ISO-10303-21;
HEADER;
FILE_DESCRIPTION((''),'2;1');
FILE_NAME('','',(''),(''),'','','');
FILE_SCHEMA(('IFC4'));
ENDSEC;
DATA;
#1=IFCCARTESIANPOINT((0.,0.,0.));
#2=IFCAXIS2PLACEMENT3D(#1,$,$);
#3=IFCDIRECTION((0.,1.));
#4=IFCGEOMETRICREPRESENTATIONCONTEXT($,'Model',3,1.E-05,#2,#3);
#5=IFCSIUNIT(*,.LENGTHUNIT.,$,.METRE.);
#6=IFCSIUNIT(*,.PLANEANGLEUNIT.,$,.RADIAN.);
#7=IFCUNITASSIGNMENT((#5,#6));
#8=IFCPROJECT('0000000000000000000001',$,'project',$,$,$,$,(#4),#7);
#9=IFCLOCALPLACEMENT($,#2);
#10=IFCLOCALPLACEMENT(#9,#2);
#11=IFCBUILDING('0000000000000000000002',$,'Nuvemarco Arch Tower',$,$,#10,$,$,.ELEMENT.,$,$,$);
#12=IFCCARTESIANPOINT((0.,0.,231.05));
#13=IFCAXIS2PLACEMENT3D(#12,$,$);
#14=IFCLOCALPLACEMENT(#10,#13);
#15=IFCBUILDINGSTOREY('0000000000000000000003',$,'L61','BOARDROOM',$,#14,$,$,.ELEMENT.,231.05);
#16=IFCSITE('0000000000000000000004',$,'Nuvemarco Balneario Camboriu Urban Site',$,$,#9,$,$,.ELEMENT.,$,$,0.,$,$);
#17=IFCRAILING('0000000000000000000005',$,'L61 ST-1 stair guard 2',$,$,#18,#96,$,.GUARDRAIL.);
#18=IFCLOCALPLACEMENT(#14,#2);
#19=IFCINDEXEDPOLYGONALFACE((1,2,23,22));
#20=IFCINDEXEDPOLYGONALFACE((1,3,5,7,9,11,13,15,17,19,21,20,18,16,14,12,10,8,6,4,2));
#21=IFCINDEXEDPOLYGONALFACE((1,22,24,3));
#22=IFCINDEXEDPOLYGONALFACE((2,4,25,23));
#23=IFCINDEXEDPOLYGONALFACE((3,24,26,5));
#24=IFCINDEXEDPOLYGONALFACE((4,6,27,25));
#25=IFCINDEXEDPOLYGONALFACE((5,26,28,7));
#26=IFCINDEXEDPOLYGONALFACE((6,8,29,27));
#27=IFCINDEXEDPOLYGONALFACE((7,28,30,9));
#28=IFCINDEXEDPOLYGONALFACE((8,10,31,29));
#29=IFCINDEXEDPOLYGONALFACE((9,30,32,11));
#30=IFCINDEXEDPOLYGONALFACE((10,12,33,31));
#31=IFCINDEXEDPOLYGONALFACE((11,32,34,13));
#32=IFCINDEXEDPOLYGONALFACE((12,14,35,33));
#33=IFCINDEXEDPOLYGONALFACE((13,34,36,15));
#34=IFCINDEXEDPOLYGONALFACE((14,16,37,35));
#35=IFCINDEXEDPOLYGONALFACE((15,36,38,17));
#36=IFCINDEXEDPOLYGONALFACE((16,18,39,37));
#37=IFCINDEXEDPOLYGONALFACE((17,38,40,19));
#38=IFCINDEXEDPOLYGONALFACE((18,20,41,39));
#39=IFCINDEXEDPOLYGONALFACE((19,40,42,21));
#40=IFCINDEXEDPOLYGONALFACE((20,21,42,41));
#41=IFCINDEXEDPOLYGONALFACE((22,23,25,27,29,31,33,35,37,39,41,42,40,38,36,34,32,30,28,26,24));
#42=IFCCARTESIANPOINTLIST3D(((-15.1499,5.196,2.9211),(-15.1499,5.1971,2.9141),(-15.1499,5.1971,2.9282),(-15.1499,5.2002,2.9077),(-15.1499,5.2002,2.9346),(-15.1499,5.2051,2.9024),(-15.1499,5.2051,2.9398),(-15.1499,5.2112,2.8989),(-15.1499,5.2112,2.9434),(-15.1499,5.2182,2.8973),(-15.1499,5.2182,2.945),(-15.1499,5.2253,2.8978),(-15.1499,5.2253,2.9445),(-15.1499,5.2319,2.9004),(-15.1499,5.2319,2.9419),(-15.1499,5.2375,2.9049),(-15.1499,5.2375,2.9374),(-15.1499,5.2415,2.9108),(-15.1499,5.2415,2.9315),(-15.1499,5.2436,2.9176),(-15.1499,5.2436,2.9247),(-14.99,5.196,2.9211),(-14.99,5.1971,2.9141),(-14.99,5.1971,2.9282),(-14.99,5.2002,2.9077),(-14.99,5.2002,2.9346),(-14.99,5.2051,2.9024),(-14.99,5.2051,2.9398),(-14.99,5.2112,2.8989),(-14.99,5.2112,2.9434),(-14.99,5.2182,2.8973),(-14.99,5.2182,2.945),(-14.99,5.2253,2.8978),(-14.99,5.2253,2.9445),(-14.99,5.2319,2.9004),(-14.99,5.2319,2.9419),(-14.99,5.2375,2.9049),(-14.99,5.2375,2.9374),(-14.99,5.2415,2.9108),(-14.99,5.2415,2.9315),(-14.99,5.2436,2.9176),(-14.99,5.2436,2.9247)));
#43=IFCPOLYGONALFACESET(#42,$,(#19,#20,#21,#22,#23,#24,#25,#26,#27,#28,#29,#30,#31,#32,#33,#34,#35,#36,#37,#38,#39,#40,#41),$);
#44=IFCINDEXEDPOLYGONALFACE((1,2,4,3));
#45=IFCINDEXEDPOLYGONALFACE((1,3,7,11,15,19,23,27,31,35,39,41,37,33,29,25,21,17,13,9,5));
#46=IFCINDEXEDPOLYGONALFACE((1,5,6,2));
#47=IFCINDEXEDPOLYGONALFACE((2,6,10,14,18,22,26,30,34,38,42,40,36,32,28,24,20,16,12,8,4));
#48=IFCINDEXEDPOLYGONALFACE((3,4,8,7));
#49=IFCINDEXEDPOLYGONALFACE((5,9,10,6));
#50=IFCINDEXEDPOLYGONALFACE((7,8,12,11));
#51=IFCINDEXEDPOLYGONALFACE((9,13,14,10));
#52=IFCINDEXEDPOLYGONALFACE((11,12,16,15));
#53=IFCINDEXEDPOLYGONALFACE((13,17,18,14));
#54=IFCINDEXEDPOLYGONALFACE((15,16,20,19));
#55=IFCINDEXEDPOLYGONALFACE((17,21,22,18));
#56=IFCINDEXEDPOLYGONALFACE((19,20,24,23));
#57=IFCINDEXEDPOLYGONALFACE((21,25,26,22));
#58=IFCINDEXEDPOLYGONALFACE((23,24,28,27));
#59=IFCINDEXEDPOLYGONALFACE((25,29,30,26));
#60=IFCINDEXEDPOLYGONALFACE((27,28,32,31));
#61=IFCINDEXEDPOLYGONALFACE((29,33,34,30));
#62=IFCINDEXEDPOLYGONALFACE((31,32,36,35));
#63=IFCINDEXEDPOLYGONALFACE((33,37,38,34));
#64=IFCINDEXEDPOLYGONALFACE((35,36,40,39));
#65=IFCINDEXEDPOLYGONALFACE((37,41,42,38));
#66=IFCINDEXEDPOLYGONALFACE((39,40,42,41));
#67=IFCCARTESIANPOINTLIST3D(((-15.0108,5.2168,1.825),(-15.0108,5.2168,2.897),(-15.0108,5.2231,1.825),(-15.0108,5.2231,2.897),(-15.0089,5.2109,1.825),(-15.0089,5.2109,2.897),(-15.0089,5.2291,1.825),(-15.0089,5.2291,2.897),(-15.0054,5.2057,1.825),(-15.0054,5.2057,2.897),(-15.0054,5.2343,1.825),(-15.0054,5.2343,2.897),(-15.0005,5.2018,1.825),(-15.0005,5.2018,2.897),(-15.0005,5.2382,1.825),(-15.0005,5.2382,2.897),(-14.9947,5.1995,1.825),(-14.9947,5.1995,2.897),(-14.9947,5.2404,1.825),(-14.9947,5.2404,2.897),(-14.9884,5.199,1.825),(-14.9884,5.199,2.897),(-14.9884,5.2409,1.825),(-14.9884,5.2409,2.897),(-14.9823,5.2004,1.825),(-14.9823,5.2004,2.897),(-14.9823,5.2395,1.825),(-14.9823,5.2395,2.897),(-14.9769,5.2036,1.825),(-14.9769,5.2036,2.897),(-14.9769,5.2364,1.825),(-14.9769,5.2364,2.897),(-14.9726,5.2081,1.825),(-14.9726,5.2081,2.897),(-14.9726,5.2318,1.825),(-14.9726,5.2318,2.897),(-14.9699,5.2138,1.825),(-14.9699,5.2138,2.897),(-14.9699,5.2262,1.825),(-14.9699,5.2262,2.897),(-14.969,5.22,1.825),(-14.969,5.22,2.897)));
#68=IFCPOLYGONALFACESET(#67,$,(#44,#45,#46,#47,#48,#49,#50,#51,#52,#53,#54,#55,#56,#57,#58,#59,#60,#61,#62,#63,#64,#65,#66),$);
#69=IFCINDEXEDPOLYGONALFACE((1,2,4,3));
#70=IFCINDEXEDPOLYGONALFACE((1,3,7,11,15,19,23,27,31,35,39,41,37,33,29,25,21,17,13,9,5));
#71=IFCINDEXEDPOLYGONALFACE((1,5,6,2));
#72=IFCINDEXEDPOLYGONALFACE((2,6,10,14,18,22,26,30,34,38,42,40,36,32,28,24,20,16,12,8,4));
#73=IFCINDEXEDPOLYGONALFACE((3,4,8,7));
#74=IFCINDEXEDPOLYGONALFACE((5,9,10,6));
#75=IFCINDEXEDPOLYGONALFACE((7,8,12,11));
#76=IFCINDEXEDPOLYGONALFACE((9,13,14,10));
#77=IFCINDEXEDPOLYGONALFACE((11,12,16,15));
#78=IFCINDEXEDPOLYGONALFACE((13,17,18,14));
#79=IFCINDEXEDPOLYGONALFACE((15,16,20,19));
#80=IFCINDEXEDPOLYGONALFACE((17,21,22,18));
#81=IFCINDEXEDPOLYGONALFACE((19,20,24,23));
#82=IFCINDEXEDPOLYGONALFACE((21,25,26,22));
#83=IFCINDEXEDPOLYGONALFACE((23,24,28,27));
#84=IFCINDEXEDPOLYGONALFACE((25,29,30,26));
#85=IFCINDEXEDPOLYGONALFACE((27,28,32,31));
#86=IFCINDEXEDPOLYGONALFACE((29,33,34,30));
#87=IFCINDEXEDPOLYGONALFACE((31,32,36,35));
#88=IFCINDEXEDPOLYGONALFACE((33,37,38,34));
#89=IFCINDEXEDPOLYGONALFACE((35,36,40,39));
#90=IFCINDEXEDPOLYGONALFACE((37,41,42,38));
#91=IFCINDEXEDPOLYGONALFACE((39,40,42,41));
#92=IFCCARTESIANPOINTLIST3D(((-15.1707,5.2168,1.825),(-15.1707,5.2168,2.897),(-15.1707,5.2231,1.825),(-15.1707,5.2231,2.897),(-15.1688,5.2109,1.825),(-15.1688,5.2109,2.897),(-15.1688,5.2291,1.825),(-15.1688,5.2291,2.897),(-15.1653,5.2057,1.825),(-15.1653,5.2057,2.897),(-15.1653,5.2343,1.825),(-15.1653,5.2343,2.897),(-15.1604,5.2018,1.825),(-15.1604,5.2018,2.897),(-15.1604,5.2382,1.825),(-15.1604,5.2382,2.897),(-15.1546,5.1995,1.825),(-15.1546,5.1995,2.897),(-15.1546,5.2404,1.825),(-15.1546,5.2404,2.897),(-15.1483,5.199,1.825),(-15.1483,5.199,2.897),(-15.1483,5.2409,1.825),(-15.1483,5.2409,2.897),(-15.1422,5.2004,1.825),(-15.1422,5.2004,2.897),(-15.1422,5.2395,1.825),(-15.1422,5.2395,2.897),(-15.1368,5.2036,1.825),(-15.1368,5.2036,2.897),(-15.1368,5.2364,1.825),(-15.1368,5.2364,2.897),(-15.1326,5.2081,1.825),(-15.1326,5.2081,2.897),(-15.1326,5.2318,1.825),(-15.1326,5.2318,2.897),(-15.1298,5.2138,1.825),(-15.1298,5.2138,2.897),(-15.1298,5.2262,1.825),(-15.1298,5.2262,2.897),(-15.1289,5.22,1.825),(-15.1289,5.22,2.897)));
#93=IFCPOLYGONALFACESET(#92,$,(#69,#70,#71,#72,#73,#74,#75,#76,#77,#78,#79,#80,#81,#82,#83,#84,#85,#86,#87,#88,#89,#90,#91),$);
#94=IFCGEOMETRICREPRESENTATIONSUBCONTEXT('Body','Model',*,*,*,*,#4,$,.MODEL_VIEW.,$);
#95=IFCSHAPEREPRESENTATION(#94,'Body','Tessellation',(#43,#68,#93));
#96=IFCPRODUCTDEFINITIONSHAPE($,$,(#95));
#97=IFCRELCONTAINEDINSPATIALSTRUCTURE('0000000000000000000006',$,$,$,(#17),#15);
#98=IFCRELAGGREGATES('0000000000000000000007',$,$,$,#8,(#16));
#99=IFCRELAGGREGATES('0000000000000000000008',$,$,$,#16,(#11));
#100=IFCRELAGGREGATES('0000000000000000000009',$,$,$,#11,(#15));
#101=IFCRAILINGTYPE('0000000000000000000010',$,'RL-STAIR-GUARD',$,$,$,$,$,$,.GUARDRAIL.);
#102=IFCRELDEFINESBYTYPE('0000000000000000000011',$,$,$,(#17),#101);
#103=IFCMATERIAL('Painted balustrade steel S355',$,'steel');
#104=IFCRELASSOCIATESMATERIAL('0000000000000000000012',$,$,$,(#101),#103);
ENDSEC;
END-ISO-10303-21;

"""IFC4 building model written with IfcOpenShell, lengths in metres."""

from ifc_helpers import new_model, si_unit, direction, frame, origin, origin_2d, place, context, subcontext, project, spatial, circle, extrude, material, type_object, element, save


model = new_model("IFC4")

# Units and contexts
model_context = context("Model", 3, precision=1e-05, world=origin(), true_north=direction((0.0, 1.0)))
body_context = subcontext(model_context, "Body", "Model", "MODEL_VIEW")
ifc_project = project(units=[si_unit("LENGTHUNIT", "METRE"), si_unit("PLANEANGLEUNIT", "RADIAN")], contexts=[model_context])

# Site, building, storey
site_placement = place(None, origin())
site = spatial("IfcSite", under=ifc_project, at=site_placement, Name="Nuvemarco Balneario Camboriu Urban Site", CompositionType="ELEMENT", RefElevation=0.0)
building_placement = place(site_placement, origin())
building = spatial("IfcBuilding", under=site, at=building_placement, Name="Nuvemarco Arch Tower", CompositionType="ELEMENT")
storey_placement = place(building_placement, frame((0.0, 0.0, 231.05)))
storey = spatial("IfcBuildingStorey", under=building, at=storey_placement, Name="L61", Description="BOARDROOM", CompositionType="ELEMENT", Elevation=231.05)

# Railing
ifc_material_1 = material(Name="Painted balustrade steel S355", Category="steel")
railing_type_1 = type_object("IfcRailingType", Name="RL-STAIR-GUARD", PredefinedType="GUARDRAIL", material=ifc_material_1)
railing_1_placement = place(storey_placement, frame((-14.99, 5.22, 1.825)))
element("IfcRailing", 1, at=railing_1_placement, inside=storey, type_object=railing_type_1, Name="L61 ST-1 stair guard 2", PredefinedType="GUARDRAIL", context=body_context, shape_type="SweptSolid", body=[
    extrude(circle(Radius=0.0239, at=origin_2d()), frame((0.0, 0.0, 1.0962), z_axis=(-1.0, 0.0, 0.0), x_axis=(0.0, -1.0, 0.0)), (0.0, 0.0, 1.0), 0.1599),
    extrude(circle(Radius=0.021, at=origin_2d()), origin(), (0.0, 0.0, 1.0), 1.072),
    extrude(circle(Radius=0.021, at=origin_2d()), frame((-0.1599, 0.0, 0.0)), (0.0, 0.0, 1.0), 1.072),
])

save(model, "model.ifc")
